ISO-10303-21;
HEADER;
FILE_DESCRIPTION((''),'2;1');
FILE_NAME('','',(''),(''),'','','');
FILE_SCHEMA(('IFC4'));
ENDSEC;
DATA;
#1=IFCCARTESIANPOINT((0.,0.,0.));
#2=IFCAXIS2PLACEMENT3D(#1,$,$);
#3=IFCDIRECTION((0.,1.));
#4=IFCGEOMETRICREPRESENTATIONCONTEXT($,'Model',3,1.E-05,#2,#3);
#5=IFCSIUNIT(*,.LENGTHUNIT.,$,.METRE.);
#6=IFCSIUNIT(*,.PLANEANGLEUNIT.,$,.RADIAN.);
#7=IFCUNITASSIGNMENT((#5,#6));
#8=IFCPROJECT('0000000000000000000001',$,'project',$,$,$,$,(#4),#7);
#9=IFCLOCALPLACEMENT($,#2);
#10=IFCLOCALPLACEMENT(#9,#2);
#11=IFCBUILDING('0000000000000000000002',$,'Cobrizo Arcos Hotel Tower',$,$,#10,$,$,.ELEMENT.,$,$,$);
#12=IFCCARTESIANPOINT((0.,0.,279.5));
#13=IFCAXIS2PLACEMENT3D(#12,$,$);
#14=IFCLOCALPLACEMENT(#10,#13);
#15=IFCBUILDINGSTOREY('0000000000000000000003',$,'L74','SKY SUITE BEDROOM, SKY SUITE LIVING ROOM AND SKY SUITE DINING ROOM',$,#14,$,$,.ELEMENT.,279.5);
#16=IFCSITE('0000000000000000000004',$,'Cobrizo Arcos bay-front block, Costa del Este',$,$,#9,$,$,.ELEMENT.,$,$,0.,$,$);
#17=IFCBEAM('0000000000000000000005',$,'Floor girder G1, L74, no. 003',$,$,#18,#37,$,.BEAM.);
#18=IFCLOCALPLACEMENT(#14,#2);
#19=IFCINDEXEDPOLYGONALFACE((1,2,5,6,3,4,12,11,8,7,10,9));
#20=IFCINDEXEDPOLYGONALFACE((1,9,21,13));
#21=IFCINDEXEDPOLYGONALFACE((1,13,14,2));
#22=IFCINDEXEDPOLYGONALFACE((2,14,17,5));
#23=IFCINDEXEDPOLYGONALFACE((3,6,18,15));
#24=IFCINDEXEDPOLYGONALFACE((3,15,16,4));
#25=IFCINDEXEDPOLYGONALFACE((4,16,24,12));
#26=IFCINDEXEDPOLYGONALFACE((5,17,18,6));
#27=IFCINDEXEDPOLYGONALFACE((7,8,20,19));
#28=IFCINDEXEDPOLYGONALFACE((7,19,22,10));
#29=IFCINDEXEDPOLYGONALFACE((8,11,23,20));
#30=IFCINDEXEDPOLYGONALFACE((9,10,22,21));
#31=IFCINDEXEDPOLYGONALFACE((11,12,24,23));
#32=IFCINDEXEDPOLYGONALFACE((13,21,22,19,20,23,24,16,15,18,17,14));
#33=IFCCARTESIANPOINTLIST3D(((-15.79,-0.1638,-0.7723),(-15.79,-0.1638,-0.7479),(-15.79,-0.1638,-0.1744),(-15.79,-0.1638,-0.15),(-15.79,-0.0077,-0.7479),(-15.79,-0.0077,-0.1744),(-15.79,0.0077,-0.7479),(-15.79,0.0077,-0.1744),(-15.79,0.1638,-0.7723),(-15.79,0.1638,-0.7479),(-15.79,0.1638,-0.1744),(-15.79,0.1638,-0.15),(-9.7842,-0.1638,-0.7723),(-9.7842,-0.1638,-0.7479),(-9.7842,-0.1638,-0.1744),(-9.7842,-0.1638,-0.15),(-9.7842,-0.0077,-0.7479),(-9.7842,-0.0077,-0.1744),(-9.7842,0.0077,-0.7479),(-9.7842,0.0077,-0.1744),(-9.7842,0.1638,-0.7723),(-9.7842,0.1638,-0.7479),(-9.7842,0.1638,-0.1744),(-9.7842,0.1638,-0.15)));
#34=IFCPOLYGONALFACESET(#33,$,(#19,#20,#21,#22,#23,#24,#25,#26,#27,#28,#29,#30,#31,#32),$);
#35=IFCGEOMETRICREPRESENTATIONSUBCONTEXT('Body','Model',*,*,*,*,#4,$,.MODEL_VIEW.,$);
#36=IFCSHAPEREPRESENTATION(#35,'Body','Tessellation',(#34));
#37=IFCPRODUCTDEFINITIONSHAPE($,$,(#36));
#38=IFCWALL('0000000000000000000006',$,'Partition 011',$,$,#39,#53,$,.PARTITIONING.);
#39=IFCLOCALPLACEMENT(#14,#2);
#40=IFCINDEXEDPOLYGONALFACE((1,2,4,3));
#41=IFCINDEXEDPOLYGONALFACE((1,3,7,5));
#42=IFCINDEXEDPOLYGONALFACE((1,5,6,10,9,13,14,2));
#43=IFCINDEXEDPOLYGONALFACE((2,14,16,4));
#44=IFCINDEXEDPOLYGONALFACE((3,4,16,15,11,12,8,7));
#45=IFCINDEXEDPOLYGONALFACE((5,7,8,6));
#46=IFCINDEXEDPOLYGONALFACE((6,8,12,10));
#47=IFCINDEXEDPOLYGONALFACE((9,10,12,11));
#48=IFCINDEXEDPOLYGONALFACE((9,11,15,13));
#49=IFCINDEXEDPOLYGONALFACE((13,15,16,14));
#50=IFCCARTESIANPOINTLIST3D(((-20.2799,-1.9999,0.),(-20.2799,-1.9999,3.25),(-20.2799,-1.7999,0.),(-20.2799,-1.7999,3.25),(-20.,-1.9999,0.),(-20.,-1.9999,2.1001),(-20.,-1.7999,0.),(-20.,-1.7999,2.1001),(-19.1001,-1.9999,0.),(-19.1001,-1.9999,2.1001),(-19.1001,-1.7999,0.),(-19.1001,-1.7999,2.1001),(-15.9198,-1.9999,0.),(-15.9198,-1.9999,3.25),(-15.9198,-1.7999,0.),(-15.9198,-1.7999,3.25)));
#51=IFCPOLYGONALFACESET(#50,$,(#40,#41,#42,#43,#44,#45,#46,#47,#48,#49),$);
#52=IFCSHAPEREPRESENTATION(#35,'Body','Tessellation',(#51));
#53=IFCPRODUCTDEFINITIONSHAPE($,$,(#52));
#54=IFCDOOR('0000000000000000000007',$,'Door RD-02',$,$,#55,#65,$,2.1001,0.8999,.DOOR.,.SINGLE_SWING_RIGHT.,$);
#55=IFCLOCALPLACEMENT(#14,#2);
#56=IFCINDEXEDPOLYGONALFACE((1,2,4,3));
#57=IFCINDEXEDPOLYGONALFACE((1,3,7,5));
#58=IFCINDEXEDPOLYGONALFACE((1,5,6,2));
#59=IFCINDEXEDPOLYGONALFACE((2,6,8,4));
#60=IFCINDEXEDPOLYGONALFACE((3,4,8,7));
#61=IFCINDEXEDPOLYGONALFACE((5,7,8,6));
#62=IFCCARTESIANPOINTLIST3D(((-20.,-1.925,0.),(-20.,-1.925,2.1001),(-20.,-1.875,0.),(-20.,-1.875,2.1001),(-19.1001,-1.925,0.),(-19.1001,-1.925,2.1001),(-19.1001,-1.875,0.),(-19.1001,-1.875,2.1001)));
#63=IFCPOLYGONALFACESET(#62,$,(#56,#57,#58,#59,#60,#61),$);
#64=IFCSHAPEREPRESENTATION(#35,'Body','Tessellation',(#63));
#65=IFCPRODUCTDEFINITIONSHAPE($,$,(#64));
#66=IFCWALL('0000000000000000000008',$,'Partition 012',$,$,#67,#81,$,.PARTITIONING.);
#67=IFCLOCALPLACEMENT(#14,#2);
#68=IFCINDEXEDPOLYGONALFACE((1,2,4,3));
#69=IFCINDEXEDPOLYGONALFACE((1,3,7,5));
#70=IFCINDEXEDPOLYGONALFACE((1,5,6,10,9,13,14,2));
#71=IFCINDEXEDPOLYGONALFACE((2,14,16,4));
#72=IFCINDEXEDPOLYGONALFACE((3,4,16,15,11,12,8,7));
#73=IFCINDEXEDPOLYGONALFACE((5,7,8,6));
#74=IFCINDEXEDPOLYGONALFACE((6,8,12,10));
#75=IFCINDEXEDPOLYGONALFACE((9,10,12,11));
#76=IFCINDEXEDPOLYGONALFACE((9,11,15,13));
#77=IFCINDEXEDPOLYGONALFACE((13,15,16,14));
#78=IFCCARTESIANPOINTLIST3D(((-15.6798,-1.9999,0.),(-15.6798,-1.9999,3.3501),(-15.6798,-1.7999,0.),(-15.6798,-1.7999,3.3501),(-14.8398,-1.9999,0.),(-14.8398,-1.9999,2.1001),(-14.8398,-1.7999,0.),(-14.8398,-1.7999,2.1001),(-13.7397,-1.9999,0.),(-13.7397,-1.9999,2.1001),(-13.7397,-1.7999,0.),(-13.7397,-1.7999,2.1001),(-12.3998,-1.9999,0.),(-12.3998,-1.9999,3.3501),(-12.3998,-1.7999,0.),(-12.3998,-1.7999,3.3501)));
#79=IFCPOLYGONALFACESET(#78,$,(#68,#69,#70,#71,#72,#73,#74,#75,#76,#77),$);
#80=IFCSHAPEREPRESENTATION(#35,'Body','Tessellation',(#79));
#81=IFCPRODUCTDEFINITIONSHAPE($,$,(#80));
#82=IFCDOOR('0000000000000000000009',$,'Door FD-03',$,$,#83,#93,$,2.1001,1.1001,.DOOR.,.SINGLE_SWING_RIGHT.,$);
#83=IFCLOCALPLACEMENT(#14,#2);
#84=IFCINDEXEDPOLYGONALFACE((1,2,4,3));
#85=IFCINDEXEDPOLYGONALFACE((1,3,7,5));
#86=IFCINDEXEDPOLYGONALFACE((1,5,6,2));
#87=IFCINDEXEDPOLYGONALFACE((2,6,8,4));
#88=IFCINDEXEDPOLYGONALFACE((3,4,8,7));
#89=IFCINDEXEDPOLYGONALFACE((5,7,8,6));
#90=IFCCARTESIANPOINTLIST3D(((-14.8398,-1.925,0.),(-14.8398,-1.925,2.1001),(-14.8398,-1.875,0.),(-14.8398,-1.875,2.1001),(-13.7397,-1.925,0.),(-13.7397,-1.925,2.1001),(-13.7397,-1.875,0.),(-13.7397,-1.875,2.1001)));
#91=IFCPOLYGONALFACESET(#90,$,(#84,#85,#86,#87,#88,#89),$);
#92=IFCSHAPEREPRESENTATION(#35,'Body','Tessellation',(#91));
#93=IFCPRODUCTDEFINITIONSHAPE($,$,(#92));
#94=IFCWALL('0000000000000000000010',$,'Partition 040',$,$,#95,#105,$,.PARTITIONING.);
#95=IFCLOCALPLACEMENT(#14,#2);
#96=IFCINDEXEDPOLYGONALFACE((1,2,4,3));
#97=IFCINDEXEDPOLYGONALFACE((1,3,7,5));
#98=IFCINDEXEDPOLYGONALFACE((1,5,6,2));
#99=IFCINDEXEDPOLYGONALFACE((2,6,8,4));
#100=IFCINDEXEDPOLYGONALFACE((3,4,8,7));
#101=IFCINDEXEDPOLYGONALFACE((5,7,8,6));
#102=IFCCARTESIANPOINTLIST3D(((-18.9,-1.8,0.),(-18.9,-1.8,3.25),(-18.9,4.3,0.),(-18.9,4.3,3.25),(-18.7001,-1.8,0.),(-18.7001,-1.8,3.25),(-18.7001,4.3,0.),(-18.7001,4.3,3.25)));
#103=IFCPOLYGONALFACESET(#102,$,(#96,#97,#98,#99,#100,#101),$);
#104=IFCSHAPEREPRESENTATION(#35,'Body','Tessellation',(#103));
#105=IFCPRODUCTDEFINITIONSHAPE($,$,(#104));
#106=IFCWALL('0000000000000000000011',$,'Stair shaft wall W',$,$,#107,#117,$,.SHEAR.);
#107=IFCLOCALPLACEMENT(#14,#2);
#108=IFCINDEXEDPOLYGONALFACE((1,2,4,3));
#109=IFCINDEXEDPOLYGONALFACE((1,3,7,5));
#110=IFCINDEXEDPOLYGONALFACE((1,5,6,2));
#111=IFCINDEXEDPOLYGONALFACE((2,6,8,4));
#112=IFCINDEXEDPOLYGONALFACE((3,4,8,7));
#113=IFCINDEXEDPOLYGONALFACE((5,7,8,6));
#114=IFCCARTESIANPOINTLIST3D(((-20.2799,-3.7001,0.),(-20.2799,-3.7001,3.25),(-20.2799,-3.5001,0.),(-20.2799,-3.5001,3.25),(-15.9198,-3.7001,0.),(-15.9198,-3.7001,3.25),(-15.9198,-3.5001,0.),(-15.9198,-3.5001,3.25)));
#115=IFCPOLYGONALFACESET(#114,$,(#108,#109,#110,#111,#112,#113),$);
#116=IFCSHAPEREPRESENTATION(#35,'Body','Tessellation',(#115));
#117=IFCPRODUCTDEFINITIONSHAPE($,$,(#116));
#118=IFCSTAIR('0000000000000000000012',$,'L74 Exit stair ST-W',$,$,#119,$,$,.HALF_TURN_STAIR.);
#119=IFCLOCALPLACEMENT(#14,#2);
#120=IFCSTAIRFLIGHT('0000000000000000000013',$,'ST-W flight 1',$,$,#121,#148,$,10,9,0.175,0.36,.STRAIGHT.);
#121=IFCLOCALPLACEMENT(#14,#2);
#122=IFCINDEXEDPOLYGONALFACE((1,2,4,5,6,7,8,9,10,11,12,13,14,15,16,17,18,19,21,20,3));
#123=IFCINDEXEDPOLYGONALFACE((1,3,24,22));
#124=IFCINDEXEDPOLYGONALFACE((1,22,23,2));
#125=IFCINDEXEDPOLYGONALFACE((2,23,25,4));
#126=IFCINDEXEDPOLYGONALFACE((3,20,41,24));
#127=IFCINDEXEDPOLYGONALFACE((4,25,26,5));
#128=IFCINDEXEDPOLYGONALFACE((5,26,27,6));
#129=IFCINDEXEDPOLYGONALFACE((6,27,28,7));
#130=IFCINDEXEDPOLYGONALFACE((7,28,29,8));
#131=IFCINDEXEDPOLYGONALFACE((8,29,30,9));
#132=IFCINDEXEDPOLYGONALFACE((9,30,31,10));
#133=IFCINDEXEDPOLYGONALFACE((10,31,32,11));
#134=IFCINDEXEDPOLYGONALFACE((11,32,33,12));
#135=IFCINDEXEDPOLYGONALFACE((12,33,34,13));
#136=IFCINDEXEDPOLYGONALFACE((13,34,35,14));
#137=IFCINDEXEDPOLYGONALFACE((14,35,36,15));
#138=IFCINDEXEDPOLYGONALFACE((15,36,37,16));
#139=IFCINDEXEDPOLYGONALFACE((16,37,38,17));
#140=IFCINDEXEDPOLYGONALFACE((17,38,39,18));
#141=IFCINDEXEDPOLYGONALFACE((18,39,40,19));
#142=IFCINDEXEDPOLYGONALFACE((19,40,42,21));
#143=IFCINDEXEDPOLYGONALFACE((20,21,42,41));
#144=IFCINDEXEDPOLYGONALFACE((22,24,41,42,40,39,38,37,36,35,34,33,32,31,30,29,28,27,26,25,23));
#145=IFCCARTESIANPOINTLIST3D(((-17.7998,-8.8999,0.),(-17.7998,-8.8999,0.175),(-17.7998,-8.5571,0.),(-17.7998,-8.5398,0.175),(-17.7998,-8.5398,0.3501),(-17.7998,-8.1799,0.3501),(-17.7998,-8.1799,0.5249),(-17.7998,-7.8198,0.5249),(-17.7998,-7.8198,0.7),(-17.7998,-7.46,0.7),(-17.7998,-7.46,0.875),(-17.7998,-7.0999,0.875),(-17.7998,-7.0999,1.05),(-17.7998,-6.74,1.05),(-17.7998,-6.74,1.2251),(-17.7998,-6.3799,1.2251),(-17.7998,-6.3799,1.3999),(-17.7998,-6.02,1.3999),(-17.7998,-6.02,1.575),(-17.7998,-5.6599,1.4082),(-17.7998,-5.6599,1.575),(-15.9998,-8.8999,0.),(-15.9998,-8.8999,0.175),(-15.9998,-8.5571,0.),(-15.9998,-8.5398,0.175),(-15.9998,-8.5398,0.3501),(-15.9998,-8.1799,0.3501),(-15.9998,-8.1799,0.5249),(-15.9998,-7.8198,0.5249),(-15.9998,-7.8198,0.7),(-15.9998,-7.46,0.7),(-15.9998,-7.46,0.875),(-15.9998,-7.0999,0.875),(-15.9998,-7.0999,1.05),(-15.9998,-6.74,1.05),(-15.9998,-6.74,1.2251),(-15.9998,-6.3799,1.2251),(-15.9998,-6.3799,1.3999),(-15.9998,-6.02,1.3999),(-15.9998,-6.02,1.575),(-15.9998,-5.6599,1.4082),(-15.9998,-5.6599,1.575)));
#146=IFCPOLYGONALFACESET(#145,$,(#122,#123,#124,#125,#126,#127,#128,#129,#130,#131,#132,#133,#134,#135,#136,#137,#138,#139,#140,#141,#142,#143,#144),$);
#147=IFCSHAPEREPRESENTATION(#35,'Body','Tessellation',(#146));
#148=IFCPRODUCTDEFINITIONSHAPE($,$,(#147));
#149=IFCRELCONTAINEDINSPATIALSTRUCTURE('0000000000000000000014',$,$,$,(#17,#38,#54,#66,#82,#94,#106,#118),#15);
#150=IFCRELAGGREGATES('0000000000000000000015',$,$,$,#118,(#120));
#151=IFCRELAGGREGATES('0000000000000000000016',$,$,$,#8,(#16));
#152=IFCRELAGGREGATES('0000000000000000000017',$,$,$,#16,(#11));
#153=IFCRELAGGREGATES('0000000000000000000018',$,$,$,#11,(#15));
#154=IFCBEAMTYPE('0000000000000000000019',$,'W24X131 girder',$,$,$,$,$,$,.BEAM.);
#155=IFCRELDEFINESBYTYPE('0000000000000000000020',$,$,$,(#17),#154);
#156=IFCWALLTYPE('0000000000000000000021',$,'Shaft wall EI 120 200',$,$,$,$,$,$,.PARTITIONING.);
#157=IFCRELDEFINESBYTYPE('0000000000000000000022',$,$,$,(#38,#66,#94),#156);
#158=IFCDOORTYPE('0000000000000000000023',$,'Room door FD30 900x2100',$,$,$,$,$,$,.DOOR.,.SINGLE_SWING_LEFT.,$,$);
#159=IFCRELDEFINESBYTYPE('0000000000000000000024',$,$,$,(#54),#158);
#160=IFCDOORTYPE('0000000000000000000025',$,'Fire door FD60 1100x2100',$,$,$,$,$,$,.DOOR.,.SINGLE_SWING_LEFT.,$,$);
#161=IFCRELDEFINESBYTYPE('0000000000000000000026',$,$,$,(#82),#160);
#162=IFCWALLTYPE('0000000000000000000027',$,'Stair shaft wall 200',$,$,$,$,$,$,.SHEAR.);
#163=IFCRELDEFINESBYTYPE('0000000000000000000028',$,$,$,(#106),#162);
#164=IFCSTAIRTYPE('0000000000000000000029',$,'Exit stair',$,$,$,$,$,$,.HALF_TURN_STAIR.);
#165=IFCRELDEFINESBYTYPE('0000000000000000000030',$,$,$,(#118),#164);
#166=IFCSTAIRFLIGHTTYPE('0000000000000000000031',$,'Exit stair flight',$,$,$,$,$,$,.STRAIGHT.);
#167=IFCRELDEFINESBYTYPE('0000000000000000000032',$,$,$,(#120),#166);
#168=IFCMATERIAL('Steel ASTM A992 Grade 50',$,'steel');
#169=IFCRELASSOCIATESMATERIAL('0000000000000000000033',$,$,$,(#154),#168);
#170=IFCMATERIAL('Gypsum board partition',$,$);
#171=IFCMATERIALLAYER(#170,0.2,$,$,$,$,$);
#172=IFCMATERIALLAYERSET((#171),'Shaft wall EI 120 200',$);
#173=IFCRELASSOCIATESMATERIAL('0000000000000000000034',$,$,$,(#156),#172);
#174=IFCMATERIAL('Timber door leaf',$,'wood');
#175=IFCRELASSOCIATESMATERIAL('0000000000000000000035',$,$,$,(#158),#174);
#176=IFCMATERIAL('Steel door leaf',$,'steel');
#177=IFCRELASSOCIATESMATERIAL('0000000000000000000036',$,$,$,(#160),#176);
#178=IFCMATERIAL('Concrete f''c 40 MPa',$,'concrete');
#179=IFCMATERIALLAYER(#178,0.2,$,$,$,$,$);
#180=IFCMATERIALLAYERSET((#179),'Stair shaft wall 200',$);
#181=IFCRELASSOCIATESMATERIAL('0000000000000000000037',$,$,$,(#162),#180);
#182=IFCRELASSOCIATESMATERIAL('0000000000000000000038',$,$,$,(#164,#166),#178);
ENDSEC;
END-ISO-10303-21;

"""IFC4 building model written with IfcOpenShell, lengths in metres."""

from ifc_helpers import new_model, si_unit, direction, frame, frame_2d, origin, origin_2d, place, context, subcontext, project, spatial, polyline, rectangle, i_section, outline, extrude, material, layer, layer_set, material_profile, profile_set, type_object, element, fill, aggregate, save


model = new_model("IFC4")

# Units and contexts
model_context = context("Model", 3, precision=1e-05, world=origin(), true_north=direction((0.0, 1.0)))
body_context = subcontext(model_context, "Body", "Model", "MODEL_VIEW")
ifc_project = project(units=[si_unit("LENGTHUNIT", "METRE"), si_unit("PLANEANGLEUNIT", "RADIAN")], contexts=[model_context])

# Site, building, storey
site_placement = place(None, origin())
site = spatial("IfcSite", under=ifc_project, at=site_placement, Name="Cobrizo Arcos bay-front block, Costa del Este", CompositionType="ELEMENT", RefElevation=0.0)
building_placement = place(site_placement, origin())
building = spatial("IfcBuilding", under=site, at=building_placement, Name="Cobrizo Arcos Hotel Tower", CompositionType="ELEMENT")
storey_placement = place(building_placement, frame((0.0, 0.0, 279.5)))
storey = spatial("IfcBuildingStorey", under=building, at=storey_placement, Name="L74", Description="SKY SUITE BEDROOM, SKY SUITE LIVING ROOM AND SKY SUITE DINING ROOM", CompositionType="ELEMENT", Elevation=279.5)

# Beam
ifc_material_1 = material(Name="Steel ASTM A992 Grade 50", Category="steel")
ifc_material_profile = material_profile(ifc_material_1, i_section(OverallWidth=0.3276, OverallDepth=0.6223, WebThickness=0.0154, FlangeThickness=0.0244, at=origin_2d()), Name="W24X131")
ifc_profile_set = profile_set([ifc_material_profile], Name="Steel ASTM A992 Grade 50")
beam_type = type_object("IfcBeamType", Name="W24X131 girder", PredefinedType="BEAM", material=ifc_profile_set)
beam_placement = place(storey_placement, frame((-15.79, 0.0, -0.4612), z_axis=(1.0, 0.0, 0.0), x_axis=(0.0, 1.0, 0.0)))
element("IfcBeam", 1, at=beam_placement, inside=storey, type_object=beam_type, Name="Floor girder G1, L74, no. 003", PredefinedType="BEAM", context=body_context, shape_type="SweptSolid", body=[
    extrude(i_section(OverallWidth=0.3276, OverallDepth=0.6223, WebThickness=0.0154, FlangeThickness=0.0244, at=origin_2d()), origin(), (0.0, 0.0, 1.0), 6.0059),
])

# Walls, openings, doors
ifc_material_2 = material(Name="Gypsum board partition")
ifc_layer_1 = layer(ifc_material_2, 0.2)
ifc_layer_set_1 = layer_set([ifc_layer_1], Name="Shaft wall EI 120 200")
wall_type_1 = type_object("IfcWallType", Name="Shaft wall EI 120 200", PredefinedType="PARTITIONING", material=ifc_layer_set_1)
wall_1_placement = place(storey_placement, frame((-20.28, -1.8999, 0.0), z_axis=(0.0, 0.0, 1.0), x_axis=(1.0, 0.0, 0.0)))
wall_1 = element("IfcWall", 2, at=wall_1_placement, inside=storey, type_object=wall_type_1, Name="Partition 011", PredefinedType="PARTITIONING", context=body_context, shape_type="SweptSolid", body=[
    extrude(rectangle(XDim=4.3601, YDim=0.2, at=frame_2d((2.1802, 0.0))), origin(), (0.0, 0.0, 1.0), 3.25),
])
opening_1_placement = place(wall_1_placement, frame((0.28, 0.0, 0.0)))
opening_1 = element("IfcOpeningElement", 3, at=opening_1_placement, cuts=wall_1, PredefinedType="OPENING", context=body_context, shape_type="SweptSolid", body=[
    extrude(rectangle(XDim=0.8999, YDim=2.1001, at=frame_2d((0.45, 1.05))), frame((0.0, 0.1121, 0.0), z_axis=(0.0, -1.0, 0.0), x_axis=(1.0, 0.0, 0.0)), (0.0, 0.0, 1.0), 0.2239),
])
ifc_material_3 = material(Name="Timber door leaf", Category="wood")
door_type_1 = type_object("IfcDoorType", Name="Room door FD30 900x2100", OperationType="SINGLE_SWING_LEFT", PredefinedType="DOOR", material=ifc_material_3)
door_1_placement = place(opening_1_placement, origin())
door_1 = element("IfcDoor", 4, at=door_1_placement, inside=storey, type_object=door_type_1, Name="Door RD-02", OperationType="SINGLE_SWING_RIGHT", OverallHeight=2.1001, OverallWidth=0.8999, PredefinedType="DOOR", context=body_context, shape_type="SweptSolid", body=[
    extrude(rectangle(XDim=0.8999, YDim=2.1001, at=frame_2d((0.45, 1.05))), frame((0.0, 0.0249, 0.0), z_axis=(0.0, -1.0, 0.0), x_axis=(1.0, 0.0, 0.0)), (0.0, 0.0, 1.0), 0.05),
])
fill(opening_1, door_1)
wall_2_placement = place(storey_placement, frame((-15.6799, -1.8999, 0.0), z_axis=(0.0, 0.0, 1.0), x_axis=(1.0, 0.0, 0.0)))
wall_2 = element("IfcWall", 5, at=wall_2_placement, inside=storey, type_object=wall_type_1, Name="Partition 012", PredefinedType="PARTITIONING", context=body_context, shape_type="SweptSolid", body=[
    extrude(rectangle(XDim=3.28, YDim=0.2, at=frame_2d((1.6401, 0.0))), origin(), (0.0, 0.0, 1.0), 3.3501),
])
opening_2_placement = place(wall_2_placement, frame((0.8401, 0.0, 0.0)))
opening_2 = element("IfcOpeningElement", 6, at=opening_2_placement, cuts=wall_2, PredefinedType="OPENING", context=body_context, shape_type="SweptSolid", body=[
    extrude(rectangle(XDim=1.1001, YDim=2.1001, at=frame_2d((0.55, 1.05))), frame((0.0, 0.1121, 0.0), z_axis=(0.0, -1.0, 0.0), x_axis=(1.0, 0.0, 0.0)), (0.0, 0.0, 1.0), 0.2239),
])
ifc_material_4 = material(Name="Steel door leaf", Category="steel")
door_type_2 = type_object("IfcDoorType", Name="Fire door FD60 1100x2100", OperationType="SINGLE_SWING_LEFT", PredefinedType="DOOR", material=ifc_material_4)
door_2_placement = place(opening_2_placement, origin())
door_2 = element("IfcDoor", 7, at=door_2_placement, inside=storey, type_object=door_type_2, Name="Door FD-03", OperationType="SINGLE_SWING_RIGHT", OverallHeight=2.1001, OverallWidth=1.1001, PredefinedType="DOOR", context=body_context, shape_type="SweptSolid", body=[
    extrude(rectangle(XDim=1.1001, YDim=2.1001, at=frame_2d((0.55, 1.05))), frame((0.0, 0.0249, 0.0), z_axis=(0.0, -1.0, 0.0), x_axis=(1.0, 0.0, 0.0)), (0.0, 0.0, 1.0), 0.05),
])
fill(opening_2, door_2)

# Walls
wall_3_placement = place(storey_placement, frame((-18.8, -1.8, 0.0), z_axis=(0.0, 0.0, 1.0), x_axis=(0.0, 1.0, 0.0)))
element("IfcWall", 8, at=wall_3_placement, inside=storey, type_object=wall_type_1, Name="Partition 040", PredefinedType="PARTITIONING", context=body_context, shape_type="SweptSolid", body=[
    extrude(rectangle(XDim=6.1001, YDim=0.2, at=frame_2d((3.05, 0.0))), origin(), (0.0, 0.0, 1.0), 3.25),
])
ifc_material_5 = material(Name="Concrete f'c 40 MPa", Category="concrete")
ifc_layer_2 = layer(ifc_material_5, 0.2)
ifc_layer_set_2 = layer_set([ifc_layer_2], Name="Stair shaft wall 200")
wall_type_2 = type_object("IfcWallType", Name="Stair shaft wall 200", PredefinedType="SHEAR", material=ifc_layer_set_2)
wall_4_placement = place(storey_placement, frame((-20.28, -3.6001, 0.0), z_axis=(0.0, 0.0, 1.0), x_axis=(1.0, 0.0, 0.0)))
element("IfcWall", 9, at=wall_4_placement, inside=storey, type_object=wall_type_2, Name="Stair shaft wall W", PredefinedType="SHEAR", context=body_context, shape_type="SweptSolid", body=[
    extrude(rectangle(XDim=4.3601, YDim=0.2, at=frame_2d((2.1802, 0.0))), origin(), (0.0, 0.0, 1.0), 3.25),
])

# Stair, stair flight
stair_type = type_object("IfcStairType", Name="Exit stair", PredefinedType="HALF_TURN_STAIR", material=ifc_material_5)
stair_placement = place(storey_placement, origin())
stair = element("IfcStair", 10, at=stair_placement, inside=storey, type_object=stair_type, Name="L74 Exit stair ST-W", PredefinedType="HALF_TURN_STAIR")
stair_flight_type = type_object("IfcStairFlightType", Name="Exit stair flight", PredefinedType="STRAIGHT", material=ifc_material_5)
stair_flight_1_placement = place(storey_placement, frame((-16.8999, -8.8999, 0.0), z_axis=(0.0, 0.0, 1.0), x_axis=(0.0, 1.0, 0.0)))
stair_flight_1 = element("IfcStairFlight", 11, at=stair_flight_1_placement, type_object=stair_flight_type, Name="ST-W flight 1", NumberOfRisers=10, NumberOfTreads=9, PredefinedType="STRAIGHT", RiserHeight=0.175, TreadLength=0.36, context=body_context, shape_type="SweptSolid", body=[
    extrude(outline(polyline([(0.0, 0.0), (0.0, 0.175), (0.3601, 0.175), (0.3601, 0.3501), (0.72, 0.3501), (0.72, 0.5249), (1.0801, 0.5249), (1.0801, 0.7), (1.4399, 0.7), (1.4399, 0.875), (1.8, 0.875), (1.8, 1.05), (2.1599, 1.05), (2.1599, 1.2251), (2.52, 1.2251), (2.52, 1.3999), (2.8799, 1.3999), (2.8799, 1.575), (3.24, 1.575), (3.24, 1.75), (3.24, 1.4082), (0.3428, 0.0), (0.0, 0.0)])), frame((0.0, 0.8999, 0.0), z_axis=(0.0, -1.0, 0.0), x_axis=(1.0, 0.0, 0.0)), (0.0, 0.0, 1.0), 1.8),
])
aggregate(stair, [stair_flight_1])

save(model, "model.ifc")
